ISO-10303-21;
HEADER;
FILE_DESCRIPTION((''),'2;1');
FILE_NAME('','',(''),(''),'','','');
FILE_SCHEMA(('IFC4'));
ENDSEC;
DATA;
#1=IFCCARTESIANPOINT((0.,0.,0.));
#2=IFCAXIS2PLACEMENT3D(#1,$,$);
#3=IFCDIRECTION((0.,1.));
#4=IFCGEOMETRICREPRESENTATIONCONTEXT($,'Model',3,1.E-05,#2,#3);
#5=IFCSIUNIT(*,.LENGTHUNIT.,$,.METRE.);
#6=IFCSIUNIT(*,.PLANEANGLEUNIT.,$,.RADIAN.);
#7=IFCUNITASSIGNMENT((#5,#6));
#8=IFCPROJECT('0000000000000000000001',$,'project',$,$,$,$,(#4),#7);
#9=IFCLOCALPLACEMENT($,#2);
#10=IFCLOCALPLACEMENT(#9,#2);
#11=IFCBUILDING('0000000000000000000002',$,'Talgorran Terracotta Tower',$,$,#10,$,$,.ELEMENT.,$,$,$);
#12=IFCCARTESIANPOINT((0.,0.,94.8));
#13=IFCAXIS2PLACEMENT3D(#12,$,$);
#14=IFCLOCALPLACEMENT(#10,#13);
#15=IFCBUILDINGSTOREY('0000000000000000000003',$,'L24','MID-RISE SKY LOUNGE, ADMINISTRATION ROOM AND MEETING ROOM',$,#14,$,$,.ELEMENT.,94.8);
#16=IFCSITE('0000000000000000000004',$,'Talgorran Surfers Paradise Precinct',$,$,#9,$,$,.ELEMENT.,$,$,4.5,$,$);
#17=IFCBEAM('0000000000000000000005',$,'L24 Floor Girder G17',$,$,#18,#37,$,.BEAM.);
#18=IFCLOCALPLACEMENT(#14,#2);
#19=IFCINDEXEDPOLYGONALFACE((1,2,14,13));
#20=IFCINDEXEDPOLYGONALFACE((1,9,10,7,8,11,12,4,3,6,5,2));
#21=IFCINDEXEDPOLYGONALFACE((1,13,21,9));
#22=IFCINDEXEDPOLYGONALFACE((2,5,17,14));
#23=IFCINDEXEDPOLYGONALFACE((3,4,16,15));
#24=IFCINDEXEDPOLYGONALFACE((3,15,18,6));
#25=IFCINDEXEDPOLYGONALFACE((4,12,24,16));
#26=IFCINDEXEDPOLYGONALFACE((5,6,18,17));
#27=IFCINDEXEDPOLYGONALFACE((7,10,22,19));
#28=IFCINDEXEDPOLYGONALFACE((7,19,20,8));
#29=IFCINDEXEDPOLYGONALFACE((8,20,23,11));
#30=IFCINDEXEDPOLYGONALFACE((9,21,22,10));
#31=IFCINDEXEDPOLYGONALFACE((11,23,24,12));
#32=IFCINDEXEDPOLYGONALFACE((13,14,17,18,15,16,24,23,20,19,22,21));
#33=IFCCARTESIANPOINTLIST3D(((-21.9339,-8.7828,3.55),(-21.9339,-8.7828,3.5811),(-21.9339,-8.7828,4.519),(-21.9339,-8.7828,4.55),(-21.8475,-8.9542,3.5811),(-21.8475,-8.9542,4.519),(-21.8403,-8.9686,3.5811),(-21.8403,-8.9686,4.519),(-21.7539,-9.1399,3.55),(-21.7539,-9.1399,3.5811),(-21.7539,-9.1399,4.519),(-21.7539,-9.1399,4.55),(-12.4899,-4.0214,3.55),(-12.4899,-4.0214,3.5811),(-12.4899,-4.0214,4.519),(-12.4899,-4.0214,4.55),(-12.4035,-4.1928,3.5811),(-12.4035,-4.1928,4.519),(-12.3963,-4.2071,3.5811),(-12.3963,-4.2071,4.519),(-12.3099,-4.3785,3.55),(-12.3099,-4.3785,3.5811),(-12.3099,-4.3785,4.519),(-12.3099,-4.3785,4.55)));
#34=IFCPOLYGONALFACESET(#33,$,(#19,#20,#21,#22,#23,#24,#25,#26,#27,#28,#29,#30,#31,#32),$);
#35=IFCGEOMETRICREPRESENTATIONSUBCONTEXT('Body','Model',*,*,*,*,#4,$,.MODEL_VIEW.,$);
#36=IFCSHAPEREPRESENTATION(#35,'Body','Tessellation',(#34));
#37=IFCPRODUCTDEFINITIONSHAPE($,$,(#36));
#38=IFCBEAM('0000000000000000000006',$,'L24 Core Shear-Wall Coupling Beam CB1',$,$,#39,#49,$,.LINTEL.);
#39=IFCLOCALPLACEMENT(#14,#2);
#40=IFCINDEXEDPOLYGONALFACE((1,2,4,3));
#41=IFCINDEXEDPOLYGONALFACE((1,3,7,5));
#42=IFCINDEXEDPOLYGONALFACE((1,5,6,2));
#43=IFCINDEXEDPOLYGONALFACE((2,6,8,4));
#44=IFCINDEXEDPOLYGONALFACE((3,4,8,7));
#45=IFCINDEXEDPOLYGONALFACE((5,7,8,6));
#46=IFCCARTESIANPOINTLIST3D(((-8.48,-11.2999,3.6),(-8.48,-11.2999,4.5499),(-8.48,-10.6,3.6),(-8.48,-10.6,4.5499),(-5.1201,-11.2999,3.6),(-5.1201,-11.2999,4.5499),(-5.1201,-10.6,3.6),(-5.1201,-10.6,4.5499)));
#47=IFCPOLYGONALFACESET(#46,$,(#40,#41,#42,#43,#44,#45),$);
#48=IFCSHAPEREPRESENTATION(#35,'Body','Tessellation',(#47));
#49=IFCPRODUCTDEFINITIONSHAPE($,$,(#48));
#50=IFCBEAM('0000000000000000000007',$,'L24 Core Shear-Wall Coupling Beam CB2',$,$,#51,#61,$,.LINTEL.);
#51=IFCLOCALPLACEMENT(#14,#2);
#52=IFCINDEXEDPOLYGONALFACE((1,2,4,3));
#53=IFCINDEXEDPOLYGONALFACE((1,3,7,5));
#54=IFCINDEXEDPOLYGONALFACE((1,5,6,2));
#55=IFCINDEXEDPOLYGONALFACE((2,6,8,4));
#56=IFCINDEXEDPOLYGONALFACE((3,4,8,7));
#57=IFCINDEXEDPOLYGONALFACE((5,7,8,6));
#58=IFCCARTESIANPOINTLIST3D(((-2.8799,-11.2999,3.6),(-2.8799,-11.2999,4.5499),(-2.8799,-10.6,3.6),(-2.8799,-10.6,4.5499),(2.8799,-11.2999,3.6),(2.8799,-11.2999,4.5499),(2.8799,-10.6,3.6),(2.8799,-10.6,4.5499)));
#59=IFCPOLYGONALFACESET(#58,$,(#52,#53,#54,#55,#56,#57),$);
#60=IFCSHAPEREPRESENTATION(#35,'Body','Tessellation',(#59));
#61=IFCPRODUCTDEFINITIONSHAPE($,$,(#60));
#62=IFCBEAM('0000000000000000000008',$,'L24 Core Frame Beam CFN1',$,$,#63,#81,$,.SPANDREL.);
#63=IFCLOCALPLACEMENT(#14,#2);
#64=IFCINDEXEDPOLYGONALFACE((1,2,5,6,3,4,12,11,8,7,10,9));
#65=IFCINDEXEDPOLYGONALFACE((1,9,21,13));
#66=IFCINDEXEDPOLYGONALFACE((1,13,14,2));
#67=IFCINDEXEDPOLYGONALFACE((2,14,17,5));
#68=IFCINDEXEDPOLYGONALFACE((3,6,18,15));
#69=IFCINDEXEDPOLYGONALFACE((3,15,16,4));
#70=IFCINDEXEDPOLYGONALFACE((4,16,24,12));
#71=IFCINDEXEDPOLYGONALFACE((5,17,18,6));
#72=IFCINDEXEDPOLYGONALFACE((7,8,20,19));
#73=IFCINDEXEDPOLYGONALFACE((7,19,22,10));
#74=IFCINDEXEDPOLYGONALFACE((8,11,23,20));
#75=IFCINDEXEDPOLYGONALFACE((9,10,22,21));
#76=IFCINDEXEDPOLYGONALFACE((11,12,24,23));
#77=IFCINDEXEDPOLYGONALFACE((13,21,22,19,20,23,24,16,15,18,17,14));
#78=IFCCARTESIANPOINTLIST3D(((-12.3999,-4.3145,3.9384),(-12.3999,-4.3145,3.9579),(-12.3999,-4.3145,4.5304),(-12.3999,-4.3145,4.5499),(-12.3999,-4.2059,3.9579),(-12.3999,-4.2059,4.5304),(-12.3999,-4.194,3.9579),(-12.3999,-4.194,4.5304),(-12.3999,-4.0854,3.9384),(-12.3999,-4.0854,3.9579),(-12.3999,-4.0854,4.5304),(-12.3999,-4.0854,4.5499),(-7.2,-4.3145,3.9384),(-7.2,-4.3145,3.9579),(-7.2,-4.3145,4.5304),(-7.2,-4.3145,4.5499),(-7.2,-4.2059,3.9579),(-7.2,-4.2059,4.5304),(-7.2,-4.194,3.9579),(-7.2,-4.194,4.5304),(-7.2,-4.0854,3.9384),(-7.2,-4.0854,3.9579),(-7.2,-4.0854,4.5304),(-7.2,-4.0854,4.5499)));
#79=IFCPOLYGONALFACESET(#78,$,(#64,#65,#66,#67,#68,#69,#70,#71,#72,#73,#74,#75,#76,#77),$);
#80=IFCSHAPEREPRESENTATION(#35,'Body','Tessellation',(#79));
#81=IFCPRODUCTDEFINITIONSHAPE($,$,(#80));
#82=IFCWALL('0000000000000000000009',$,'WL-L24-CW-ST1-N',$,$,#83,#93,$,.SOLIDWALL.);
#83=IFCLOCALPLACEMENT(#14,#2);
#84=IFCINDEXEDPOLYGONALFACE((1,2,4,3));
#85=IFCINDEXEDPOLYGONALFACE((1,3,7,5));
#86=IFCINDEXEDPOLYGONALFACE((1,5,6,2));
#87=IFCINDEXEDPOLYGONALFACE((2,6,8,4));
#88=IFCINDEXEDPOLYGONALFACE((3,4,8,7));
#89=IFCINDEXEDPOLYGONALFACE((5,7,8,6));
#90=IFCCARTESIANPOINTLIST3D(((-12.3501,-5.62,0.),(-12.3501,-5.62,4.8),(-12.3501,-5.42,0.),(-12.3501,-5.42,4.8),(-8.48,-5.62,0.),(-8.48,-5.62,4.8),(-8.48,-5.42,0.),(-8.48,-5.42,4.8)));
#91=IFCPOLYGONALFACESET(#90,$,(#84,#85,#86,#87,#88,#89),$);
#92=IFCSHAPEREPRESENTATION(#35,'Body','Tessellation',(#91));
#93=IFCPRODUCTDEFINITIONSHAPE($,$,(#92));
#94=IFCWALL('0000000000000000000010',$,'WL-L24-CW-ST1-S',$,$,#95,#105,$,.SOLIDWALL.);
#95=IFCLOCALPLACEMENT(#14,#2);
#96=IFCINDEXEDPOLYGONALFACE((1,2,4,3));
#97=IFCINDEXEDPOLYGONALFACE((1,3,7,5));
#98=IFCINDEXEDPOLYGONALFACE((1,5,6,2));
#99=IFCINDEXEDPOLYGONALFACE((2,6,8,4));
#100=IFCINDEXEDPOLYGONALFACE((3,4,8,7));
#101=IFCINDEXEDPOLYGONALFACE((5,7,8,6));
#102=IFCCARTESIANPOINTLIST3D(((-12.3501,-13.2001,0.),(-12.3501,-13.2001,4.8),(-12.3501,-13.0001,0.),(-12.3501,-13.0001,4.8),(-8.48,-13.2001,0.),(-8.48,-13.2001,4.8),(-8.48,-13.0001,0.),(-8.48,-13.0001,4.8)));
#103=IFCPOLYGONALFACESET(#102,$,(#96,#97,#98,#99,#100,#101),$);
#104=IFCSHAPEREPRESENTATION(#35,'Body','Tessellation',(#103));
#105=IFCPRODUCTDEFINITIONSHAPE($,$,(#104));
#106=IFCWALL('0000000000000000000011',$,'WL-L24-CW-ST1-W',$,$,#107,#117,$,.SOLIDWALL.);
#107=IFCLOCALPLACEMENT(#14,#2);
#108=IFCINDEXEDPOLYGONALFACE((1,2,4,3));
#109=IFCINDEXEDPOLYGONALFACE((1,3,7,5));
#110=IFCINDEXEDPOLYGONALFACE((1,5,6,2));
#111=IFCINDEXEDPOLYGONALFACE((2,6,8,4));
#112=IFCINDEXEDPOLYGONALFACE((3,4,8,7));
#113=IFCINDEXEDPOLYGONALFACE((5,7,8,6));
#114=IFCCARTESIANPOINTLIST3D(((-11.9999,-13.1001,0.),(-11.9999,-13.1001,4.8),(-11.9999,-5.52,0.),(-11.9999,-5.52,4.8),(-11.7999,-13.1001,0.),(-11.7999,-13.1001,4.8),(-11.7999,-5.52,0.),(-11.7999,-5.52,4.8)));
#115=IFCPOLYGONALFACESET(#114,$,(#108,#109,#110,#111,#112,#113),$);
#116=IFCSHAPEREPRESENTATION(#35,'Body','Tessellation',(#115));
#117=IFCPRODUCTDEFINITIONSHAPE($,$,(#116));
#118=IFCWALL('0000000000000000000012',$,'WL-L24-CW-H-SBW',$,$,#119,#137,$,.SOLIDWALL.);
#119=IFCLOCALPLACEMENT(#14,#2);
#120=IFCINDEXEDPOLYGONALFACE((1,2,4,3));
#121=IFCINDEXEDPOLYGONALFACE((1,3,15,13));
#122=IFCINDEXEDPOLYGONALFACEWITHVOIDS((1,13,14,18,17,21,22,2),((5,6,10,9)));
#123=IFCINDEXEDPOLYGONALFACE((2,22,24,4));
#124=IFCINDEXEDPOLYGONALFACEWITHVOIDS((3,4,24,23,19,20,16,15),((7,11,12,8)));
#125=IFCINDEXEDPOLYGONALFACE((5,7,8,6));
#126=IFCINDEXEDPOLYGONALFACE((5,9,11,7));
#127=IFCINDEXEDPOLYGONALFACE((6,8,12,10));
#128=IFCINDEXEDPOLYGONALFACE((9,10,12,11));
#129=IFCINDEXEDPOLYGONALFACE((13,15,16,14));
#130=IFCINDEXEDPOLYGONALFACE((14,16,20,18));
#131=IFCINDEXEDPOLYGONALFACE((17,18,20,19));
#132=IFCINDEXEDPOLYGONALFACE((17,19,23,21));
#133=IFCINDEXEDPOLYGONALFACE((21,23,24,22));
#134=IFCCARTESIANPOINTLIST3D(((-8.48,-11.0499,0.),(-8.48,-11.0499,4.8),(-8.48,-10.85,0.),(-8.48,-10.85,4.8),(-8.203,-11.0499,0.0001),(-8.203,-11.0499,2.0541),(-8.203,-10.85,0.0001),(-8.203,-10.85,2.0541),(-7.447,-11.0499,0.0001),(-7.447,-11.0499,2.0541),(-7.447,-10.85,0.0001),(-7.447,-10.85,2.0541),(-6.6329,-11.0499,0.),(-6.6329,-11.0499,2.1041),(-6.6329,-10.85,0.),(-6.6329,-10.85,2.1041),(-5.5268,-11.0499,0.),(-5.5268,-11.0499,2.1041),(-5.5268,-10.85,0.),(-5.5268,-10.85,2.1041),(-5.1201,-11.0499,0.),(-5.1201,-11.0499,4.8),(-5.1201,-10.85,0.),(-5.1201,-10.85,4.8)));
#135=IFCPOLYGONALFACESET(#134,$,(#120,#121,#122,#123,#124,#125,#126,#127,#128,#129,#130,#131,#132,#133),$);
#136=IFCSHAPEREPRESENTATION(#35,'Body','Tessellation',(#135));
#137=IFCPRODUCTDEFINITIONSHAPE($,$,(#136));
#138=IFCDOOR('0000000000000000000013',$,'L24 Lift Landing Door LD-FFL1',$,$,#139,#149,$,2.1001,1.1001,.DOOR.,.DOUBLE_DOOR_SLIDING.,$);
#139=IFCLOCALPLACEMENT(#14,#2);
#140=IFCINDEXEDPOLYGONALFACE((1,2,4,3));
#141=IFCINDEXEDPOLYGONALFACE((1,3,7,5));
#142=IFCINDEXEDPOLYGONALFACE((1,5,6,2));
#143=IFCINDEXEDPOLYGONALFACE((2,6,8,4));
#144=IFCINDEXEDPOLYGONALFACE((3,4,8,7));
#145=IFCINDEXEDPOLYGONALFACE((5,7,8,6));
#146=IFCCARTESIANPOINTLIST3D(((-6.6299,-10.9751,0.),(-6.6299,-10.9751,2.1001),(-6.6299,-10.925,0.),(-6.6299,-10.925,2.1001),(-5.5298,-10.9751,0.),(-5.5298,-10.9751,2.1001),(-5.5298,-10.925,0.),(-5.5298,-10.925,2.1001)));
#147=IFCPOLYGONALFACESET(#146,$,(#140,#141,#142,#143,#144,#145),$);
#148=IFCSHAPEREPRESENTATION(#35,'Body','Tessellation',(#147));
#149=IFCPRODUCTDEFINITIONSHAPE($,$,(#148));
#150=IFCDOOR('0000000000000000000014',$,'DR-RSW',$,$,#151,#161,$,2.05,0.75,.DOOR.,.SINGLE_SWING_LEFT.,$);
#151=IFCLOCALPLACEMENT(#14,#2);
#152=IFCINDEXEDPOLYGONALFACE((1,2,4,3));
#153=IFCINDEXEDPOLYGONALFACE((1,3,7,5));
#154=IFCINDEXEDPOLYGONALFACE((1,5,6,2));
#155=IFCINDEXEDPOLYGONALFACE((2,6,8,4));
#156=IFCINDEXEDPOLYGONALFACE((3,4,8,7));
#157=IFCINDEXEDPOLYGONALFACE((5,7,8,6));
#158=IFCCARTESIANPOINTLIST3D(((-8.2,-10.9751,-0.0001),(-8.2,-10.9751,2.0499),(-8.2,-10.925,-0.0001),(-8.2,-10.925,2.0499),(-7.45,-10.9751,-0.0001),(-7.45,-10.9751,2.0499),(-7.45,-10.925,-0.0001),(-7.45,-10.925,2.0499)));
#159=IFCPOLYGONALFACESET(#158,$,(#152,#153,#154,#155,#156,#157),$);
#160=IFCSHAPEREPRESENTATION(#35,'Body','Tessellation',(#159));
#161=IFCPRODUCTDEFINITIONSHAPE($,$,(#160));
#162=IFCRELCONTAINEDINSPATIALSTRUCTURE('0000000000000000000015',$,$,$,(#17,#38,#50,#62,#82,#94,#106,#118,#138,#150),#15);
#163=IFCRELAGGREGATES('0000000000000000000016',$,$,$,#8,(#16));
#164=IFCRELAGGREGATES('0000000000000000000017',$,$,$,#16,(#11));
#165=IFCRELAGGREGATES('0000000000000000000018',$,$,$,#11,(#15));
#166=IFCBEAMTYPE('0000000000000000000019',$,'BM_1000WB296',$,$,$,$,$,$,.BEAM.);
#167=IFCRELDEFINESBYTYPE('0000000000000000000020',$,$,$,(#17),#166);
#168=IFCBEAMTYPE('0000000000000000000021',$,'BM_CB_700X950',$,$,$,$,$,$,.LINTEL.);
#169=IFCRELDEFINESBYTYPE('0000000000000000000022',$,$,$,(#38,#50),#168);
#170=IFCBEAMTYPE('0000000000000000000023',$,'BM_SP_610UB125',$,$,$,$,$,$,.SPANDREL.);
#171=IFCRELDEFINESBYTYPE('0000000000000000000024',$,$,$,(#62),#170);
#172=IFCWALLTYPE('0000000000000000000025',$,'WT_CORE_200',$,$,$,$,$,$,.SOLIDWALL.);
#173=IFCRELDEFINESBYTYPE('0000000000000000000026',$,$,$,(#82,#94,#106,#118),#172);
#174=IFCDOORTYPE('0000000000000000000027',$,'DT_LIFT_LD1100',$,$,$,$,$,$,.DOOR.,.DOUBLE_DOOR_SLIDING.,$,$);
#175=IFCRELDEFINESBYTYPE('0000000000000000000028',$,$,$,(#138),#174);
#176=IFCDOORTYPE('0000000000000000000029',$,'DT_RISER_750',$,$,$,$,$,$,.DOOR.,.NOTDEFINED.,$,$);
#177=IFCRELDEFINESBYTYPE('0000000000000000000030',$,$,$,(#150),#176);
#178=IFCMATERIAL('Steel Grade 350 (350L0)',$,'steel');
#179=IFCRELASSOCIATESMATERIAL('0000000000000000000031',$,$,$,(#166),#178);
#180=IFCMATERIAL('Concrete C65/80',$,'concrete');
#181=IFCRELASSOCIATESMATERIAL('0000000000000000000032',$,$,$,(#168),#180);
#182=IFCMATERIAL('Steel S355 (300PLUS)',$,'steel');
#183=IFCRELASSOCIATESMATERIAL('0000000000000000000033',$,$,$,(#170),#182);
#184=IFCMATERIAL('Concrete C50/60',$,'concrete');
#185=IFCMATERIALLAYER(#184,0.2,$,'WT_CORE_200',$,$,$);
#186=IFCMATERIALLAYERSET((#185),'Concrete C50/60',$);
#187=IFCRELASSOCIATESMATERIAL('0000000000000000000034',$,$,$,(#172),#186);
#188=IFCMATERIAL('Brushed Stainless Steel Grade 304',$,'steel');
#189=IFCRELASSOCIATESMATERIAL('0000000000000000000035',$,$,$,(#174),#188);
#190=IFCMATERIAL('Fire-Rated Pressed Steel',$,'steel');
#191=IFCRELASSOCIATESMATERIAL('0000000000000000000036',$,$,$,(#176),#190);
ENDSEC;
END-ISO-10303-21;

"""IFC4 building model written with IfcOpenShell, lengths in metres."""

from ifc_helpers import new_model, si_unit, direction, frame, frame_2d, origin, origin_2d, place, context, subcontext, project, spatial, rectangle, i_section, extrude, material, layer, layer_set, material_profile, profile_set, type_object, element, fill, save


model = new_model("IFC4")

# Units and contexts
model_context = context("Model", 3, precision=1e-05, world=origin(), true_north=direction((0.0, 1.0)))
body_context = subcontext(model_context, "Body", "Model", "MODEL_VIEW")
ifc_project = project(units=[si_unit("LENGTHUNIT", "METRE"), si_unit("PLANEANGLEUNIT", "RADIAN")], contexts=[model_context])

# Site, building, storey
site_placement = place(None, origin())
site = spatial("IfcSite", under=ifc_project, at=site_placement, Name="Talgorran Surfers Paradise Precinct", CompositionType="ELEMENT", RefElevation=4.5)
building_placement = place(site_placement, origin())
building = spatial("IfcBuilding", under=site, at=building_placement, Name="Talgorran Terracotta Tower", CompositionType="ELEMENT")
storey_placement = place(building_placement, frame((0.0, 0.0, 94.8)))
storey = spatial("IfcBuildingStorey", under=building, at=storey_placement, Name="L24", Description="MID-RISE SKY LOUNGE, ADMINISTRATION ROOM AND MEETING ROOM", CompositionType="ELEMENT", Elevation=94.8)

# Beams
ifc_material_1 = material(Name="Steel Grade 350 (350L0)", Category="steel")
ifc_material_profile_1 = material_profile(ifc_material_1, i_section(OverallWidth=0.3999, OverallDepth=1.0, WebThickness=0.0161, FlangeThickness=0.031, at=origin_2d()), Name="1000WB296")
ifc_profile_set_1 = profile_set([ifc_material_profile_1], Name="Steel Grade 350 (350L0)")
beam_type_1 = type_object("IfcBeamType", Name="BM_1000WB296", PredefinedType="BEAM", material=ifc_profile_set_1)
beam_1_placement = place(storey_placement, frame((-12.3999, -4.2, 4.05), z_axis=(-0.892931, -0.450193, 0.0), x_axis=(0.450193, -0.892931, 0.0)))
element("IfcBeam", 1, at=beam_1_placement, inside=storey, type_object=beam_type_1, Name="L24 Floor Girder G17", PredefinedType="BEAM", context=body_context, shape_type="SweptSolid", body=[
    extrude(i_section(OverallWidth=0.3999, OverallDepth=1.0, WebThickness=0.0161, FlangeThickness=0.031, at=origin_2d()), origin(), (0.0, 0.0, 1.0), 10.5764),
])
ifc_material_2 = material(Name="Concrete C65/80", Category="concrete")
ifc_material_profile_2 = material_profile(ifc_material_2, rectangle(XDim=0.7, YDim=0.95, at=origin_2d()), Name="RCCB700X950")
ifc_profile_set_2 = profile_set([ifc_material_profile_2], Name="Concrete C65/80")
beam_type_2 = type_object("IfcBeamType", Name="BM_CB_700X950", PredefinedType="LINTEL", material=ifc_profile_set_2)
beam_2_placement = place(storey_placement, frame((-8.48, -10.95, 4.075), z_axis=(1.0, 0.0, 0.0), x_axis=(0.0, 1.0, 0.0)))
element("IfcBeam", 2, at=beam_2_placement, inside=storey, type_object=beam_type_2, Name="L24 Core Shear-Wall Coupling Beam CB1", PredefinedType="LINTEL", context=body_context, shape_type="SweptSolid", body=[
    extrude(rectangle(XDim=0.7, YDim=0.95, at=origin_2d()), origin(), (0.0, 0.0, 1.0), 3.3599),
])
beam_3_placement = place(storey_placement, frame((-2.8799, -10.95, 4.075), z_axis=(1.0, 0.0, 0.0), x_axis=(0.0, 1.0, 0.0)))
element("IfcBeam", 3, at=beam_3_placement, inside=storey, type_object=beam_type_2, Name="L24 Core Shear-Wall Coupling Beam CB2", PredefinedType="LINTEL", context=body_context, shape_type="SweptSolid", body=[
    extrude(rectangle(XDim=0.7, YDim=0.95, at=origin_2d()), origin(), (0.0, 0.0, 1.0), 5.7598),
])
ifc_material_3 = material(Name="Steel S355 (300PLUS)", Category="steel")
ifc_material_profile_3 = material_profile(ifc_material_3, i_section(OverallWidth=0.229, OverallDepth=0.6116, WebThickness=0.012, FlangeThickness=0.0195, at=origin_2d()), Name="610UB125")
ifc_profile_set_3 = profile_set([ifc_material_profile_3], Name="Steel S355 (300PLUS)")
beam_type_3 = type_object("IfcBeamType", Name="BM_SP_610UB125", PredefinedType="SPANDREL", material=ifc_profile_set_3)
beam_4_placement = place(storey_placement, frame((-12.3999, -4.2, 4.2441), z_axis=(1.0, 0.0, 0.0), x_axis=(0.0, 1.0, 0.0)))
element("IfcBeam", 4, at=beam_4_placement, inside=storey, type_object=beam_type_3, Name="L24 Core Frame Beam CFN1", PredefinedType="SPANDREL", context=body_context, shape_type="SweptSolid", body=[
    extrude(i_section(OverallWidth=0.229, OverallDepth=0.6116, WebThickness=0.012, FlangeThickness=0.0195, at=origin_2d()), origin(), (0.0, 0.0, 1.0), 5.2),
])

# Walls
ifc_material_4 = material(Name="Concrete C50/60", Category="concrete")
ifc_layer_1 = layer(ifc_material_4, 0.2, Name="WT_CORE_200")
ifc_layer_set_1 = layer_set([ifc_layer_1], Name="Concrete C50/60")
wall_type_1 = type_object("IfcWallType", Name="WT_CORE_200", PredefinedType="SOLIDWALL", material=ifc_layer_set_1)
for number, where, z_axis, x_axis, name in (
    (5, (-12.3501, -5.52, 0.0), (0.0, 0.0, 1.0), (1.0, 0.0, 0.0), "WL-L24-CW-ST1-N"),
    (6, (-12.3501, -13.1001, 0.0), (0.0, 0.0, 1.0), (1.0, 0.0, 0.0), "WL-L24-CW-ST1-S"),
):
    element("IfcWall", number, at=place(storey_placement, frame(where, z_axis=z_axis, x_axis=x_axis)), inside=storey, type_object=wall_type_1, Name=name, PredefinedType="SOLIDWALL", context=body_context, shape_type="SweptSolid", body=[
        extrude(rectangle(XDim=3.8701, YDim=0.2, at=frame_2d((1.9351, 0.0))), origin(), (0.0, 0.0, 1.0), 4.8),
    ])
wall_1_placement = place(storey_placement, frame((-11.8999, -13.1001, 0.0), z_axis=(0.0, 0.0, 1.0), x_axis=(0.0, 1.0, 0.0)))
element("IfcWall", 7, at=wall_1_placement, inside=storey, type_object=wall_type_1, Name="WL-L24-CW-ST1-W", PredefinedType="SOLIDWALL", context=body_context, shape_type="SweptSolid", body=[
    extrude(rectangle(XDim=7.5801, YDim=0.2, at=frame_2d((3.79, 0.0))), origin(), (0.0, 0.0, 1.0), 4.8),
])

# Wall, openings, doors
wall_2_placement = place(storey_placement, frame((-8.48, -10.95, 0.0), z_axis=(0.0, 0.0, 1.0), x_axis=(1.0, 0.0, 0.0)))
wall_2 = element("IfcWall", 8, at=wall_2_placement, inside=storey, type_object=wall_type_1, Name="WL-L24-CW-H-SBW", PredefinedType="SOLIDWALL", context=body_context, shape_type="SweptSolid", body=[
    extrude(rectangle(XDim=3.3599, YDim=0.2, at=frame_2d((1.6799, 0.0))), origin(), (0.0, 0.0, 1.0), 4.8),
])
opening_1_placement = place(wall_2_placement, frame((0.28, 0.0, 0.0)))
opening_1 = element("IfcOpeningElement", 9, at=opening_1_placement, cuts=wall_2, PredefinedType="OPENING", context=body_context, shape_type="SweptSolid", body=[
    extrude(rectangle(XDim=0.756, YDim=2.054, at=frame_2d((0.375, 1.0271))), frame((0.0, 0.1099, 0.0), z_axis=(0.0, -1.0, 0.0), x_axis=(1.0, 0.0, 0.0)), (0.0, 0.0, 1.0), 0.22),
])
opening_2_placement = place(wall_2_placement, frame((1.8501, 0.0, 0.0)))
opening_2 = element("IfcOpeningElement", 10, at=opening_2_placement, cuts=wall_2, PredefinedType="OPENING", context=body_context, shape_type="SweptSolid", body=[
    extrude(rectangle(XDim=1.1061, YDim=2.1041, at=frame_2d((0.55, 1.052))), frame((0.0, 0.1099, 0.0), z_axis=(0.0, -1.0, 0.0), x_axis=(1.0, 0.0, 0.0)), (0.0, 0.0, 1.0), 0.22),
])
ifc_material_5 = material(Name="Brushed Stainless Steel Grade 304", Category="steel")
door_type_1 = type_object("IfcDoorType", Name="DT_LIFT_LD1100", OperationType="DOUBLE_DOOR_SLIDING", PredefinedType="DOOR", material=ifc_material_5)
door_1_placement = place(opening_2_placement, origin())
door_1 = element("IfcDoor", 11, at=door_1_placement, inside=storey, type_object=door_type_1, Name="L24 Lift Landing Door LD-FFL1", OperationType="DOUBLE_DOOR_SLIDING", OverallHeight=2.1001, OverallWidth=1.1001, PredefinedType="DOOR", context=body_context, shape_type="SweptSolid", body=[
    extrude(rectangle(XDim=1.1001, YDim=2.1001, at=frame_2d((0.55, 1.05))), frame((0.0, 0.0249, 0.0), z_axis=(0.0, -1.0, 0.0), x_axis=(1.0, 0.0, 0.0)), (0.0, 0.0, 1.0), 0.05),
])
fill(opening_2, door_1)
ifc_material_6 = material(Name="Fire-Rated Pressed Steel", Category="steel")
door_type_2 = type_object("IfcDoorType", Name="DT_RISER_750", OperationType="NOTDEFINED", PredefinedType="DOOR", material=ifc_material_6)
door_2_placement = place(opening_1_placement, origin())
door_2 = element("IfcDoor", 12, at=door_2_placement, inside=storey, type_object=door_type_2, Name="DR-RSW", OperationType="SINGLE_SWING_LEFT", OverallHeight=2.05, OverallWidth=0.75, PredefinedType="DOOR", context=body_context, shape_type="SweptSolid", body=[
    extrude(rectangle(XDim=0.75, YDim=2.05, at=frame_2d((0.375, 1.0249))), frame((0.0, 0.0249, 0.0), z_axis=(0.0, -1.0, 0.0), x_axis=(1.0, 0.0, 0.0)), (0.0, 0.0, 1.0), 0.05),
])
fill(opening_1, door_2)

save(model, "model.ifc")
